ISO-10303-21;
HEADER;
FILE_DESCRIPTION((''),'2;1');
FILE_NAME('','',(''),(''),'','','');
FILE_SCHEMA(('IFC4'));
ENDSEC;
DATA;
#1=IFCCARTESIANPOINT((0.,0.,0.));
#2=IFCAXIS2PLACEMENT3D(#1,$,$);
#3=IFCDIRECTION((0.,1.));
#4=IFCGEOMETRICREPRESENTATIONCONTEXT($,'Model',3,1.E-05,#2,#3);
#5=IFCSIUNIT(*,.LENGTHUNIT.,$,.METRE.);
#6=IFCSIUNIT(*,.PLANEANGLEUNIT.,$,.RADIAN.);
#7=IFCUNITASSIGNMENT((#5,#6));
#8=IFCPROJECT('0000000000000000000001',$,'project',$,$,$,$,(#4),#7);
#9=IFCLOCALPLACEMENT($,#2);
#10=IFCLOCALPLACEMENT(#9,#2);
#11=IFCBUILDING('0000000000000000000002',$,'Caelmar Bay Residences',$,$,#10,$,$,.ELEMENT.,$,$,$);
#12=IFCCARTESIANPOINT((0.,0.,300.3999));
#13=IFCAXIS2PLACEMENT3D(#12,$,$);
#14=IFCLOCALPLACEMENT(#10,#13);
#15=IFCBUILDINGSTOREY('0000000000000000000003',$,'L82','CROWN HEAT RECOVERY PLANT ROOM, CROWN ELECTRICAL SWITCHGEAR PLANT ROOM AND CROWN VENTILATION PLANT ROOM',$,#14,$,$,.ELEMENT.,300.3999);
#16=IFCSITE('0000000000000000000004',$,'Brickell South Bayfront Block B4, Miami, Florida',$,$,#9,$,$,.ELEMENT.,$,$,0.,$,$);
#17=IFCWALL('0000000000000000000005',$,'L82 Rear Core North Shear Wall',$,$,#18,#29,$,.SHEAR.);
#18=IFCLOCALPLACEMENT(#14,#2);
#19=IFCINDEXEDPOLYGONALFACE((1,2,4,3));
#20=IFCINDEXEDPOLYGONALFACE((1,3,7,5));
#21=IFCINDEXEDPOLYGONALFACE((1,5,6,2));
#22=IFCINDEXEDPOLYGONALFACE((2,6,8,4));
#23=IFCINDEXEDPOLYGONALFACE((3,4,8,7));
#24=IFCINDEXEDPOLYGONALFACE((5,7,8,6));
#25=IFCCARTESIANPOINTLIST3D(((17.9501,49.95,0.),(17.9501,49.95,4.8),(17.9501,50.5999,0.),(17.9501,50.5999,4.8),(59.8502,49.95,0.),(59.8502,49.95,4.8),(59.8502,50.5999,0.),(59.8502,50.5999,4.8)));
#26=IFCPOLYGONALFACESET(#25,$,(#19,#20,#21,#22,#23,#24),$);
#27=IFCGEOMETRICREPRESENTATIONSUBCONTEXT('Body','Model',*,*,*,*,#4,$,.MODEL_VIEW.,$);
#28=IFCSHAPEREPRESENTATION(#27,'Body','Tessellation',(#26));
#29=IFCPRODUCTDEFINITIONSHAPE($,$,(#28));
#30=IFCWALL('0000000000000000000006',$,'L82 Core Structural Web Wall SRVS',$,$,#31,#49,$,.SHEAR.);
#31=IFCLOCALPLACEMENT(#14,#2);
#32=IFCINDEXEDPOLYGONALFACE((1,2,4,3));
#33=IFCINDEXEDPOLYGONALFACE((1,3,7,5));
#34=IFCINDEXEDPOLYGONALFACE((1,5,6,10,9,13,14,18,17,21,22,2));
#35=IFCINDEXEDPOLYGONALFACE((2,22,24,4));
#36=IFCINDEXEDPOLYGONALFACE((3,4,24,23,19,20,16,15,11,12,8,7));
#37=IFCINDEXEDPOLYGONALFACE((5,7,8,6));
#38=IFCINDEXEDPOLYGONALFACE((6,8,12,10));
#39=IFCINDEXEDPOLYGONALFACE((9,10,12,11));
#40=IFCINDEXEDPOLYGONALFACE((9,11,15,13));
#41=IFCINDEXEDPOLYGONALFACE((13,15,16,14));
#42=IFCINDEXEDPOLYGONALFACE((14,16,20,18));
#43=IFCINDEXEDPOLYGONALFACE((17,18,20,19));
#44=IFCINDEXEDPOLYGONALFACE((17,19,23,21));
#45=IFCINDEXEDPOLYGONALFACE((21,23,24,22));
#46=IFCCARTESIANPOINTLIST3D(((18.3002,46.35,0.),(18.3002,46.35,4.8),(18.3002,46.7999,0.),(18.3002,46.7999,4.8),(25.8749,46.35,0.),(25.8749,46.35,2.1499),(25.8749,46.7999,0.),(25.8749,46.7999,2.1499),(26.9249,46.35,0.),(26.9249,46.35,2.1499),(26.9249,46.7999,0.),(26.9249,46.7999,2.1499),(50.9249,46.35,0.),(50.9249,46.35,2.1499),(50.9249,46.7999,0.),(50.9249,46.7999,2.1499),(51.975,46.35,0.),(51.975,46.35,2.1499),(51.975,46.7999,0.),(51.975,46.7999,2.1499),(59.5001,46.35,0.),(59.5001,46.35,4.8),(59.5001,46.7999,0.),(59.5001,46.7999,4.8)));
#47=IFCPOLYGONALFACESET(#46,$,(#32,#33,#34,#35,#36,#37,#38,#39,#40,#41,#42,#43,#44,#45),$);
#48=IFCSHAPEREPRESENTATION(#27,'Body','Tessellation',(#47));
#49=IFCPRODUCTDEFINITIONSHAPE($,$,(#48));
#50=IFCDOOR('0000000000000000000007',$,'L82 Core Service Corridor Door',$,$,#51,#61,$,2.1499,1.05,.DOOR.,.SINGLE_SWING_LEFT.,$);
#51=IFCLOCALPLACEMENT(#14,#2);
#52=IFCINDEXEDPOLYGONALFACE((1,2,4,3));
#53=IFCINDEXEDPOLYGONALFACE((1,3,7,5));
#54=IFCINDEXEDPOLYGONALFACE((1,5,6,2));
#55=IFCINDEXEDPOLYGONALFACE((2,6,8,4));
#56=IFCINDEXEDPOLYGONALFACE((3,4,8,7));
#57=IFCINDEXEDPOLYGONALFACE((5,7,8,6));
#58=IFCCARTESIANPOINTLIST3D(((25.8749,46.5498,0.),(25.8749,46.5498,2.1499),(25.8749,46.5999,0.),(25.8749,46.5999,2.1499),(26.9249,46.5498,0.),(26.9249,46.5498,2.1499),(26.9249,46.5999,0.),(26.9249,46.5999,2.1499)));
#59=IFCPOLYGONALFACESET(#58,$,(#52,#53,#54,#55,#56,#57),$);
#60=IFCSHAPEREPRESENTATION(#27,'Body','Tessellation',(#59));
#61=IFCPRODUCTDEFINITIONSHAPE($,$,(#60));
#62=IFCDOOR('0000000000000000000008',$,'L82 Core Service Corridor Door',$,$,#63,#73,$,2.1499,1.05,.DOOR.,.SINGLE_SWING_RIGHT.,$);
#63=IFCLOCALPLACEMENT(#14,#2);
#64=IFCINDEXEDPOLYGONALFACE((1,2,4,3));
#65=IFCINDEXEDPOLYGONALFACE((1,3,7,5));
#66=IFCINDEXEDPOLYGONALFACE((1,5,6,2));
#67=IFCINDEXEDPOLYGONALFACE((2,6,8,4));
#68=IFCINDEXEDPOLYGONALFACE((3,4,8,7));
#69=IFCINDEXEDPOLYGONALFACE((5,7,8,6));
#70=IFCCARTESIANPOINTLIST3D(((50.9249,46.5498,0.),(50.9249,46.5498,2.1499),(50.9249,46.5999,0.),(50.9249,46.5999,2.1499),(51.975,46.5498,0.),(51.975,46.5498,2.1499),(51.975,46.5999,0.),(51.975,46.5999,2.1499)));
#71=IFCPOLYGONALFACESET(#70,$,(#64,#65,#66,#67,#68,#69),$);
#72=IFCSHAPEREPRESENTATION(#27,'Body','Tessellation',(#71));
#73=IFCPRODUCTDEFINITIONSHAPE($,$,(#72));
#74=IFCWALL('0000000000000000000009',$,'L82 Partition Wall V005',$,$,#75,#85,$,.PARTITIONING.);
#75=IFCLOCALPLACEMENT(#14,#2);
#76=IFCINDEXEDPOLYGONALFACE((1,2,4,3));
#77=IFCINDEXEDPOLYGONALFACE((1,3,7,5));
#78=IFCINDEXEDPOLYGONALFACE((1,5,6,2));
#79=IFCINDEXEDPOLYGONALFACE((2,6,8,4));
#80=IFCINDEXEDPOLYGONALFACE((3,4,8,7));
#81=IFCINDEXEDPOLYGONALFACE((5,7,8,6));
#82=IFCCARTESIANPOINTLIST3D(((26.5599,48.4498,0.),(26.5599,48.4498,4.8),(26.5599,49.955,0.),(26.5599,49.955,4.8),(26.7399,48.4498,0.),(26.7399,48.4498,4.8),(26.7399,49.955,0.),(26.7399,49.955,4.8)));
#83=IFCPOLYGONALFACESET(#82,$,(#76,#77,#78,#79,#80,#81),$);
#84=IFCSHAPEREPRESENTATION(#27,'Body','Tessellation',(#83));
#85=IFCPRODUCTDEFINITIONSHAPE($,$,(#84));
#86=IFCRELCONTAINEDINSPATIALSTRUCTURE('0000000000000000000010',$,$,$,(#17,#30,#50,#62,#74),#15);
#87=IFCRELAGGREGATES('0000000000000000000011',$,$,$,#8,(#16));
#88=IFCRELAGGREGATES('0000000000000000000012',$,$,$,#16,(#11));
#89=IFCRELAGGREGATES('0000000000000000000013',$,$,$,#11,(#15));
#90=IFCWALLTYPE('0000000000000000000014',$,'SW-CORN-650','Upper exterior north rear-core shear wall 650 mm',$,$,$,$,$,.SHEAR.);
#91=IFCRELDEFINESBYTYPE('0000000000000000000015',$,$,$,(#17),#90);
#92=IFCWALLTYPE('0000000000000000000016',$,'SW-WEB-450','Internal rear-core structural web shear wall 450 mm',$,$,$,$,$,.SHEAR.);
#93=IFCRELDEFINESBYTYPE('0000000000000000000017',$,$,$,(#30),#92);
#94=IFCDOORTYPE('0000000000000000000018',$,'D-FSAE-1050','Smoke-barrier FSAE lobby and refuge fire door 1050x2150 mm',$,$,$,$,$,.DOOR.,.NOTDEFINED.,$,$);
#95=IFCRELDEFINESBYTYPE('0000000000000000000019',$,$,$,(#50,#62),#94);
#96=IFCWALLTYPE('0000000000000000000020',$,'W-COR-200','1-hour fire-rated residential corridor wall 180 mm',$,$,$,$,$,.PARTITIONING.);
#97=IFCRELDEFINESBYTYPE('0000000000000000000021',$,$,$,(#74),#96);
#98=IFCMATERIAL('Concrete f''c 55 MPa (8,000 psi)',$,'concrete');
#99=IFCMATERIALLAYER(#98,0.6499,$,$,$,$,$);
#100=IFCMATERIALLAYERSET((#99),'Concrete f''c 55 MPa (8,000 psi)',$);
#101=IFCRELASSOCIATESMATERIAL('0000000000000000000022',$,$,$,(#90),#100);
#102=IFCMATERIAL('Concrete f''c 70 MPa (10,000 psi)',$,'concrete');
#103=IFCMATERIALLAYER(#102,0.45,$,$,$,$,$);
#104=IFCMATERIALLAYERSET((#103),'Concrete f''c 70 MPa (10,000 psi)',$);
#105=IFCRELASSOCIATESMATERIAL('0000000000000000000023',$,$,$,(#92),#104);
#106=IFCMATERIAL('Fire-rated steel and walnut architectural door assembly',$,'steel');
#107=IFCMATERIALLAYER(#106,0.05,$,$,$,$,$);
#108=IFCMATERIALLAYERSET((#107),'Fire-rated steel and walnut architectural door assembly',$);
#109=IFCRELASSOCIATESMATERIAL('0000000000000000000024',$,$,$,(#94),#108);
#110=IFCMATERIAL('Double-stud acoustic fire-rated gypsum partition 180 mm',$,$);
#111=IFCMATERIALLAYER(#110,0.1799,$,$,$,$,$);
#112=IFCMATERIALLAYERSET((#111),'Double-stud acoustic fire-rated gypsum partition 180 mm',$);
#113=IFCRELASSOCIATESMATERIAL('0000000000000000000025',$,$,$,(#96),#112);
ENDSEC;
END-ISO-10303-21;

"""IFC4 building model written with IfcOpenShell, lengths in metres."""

from ifc_helpers import new_model, si_unit, direction, frame, frame_2d, origin, place, context, subcontext, project, spatial, rectangle, extrude, material, layer, layer_set, type_object, element, fill, save


model = new_model("IFC4")

# Units and contexts
model_context = context("Model", 3, precision=1e-05, world=origin(), true_north=direction((0.0, 1.0)))
body_context = subcontext(model_context, "Body", "Model", "MODEL_VIEW")
ifc_project = project(units=[si_unit("LENGTHUNIT", "METRE"), si_unit("PLANEANGLEUNIT", "RADIAN")], contexts=[model_context])

# Site, building, storey
site_placement = place(None, origin())
site = spatial("IfcSite", under=ifc_project, at=site_placement, Name="Brickell South Bayfront Block B4, Miami, Florida", CompositionType="ELEMENT", RefElevation=0.0)
building_placement = place(site_placement, origin())
building = spatial("IfcBuilding", under=site, at=building_placement, Name="Caelmar Bay Residences", CompositionType="ELEMENT")
storey_placement = place(building_placement, frame((0.0, 0.0, 300.3999)))
storey = spatial("IfcBuildingStorey", under=building, at=storey_placement, Name="L82", Description="CROWN HEAT RECOVERY PLANT ROOM, CROWN ELECTRICAL SWITCHGEAR PLANT ROOM AND CROWN VENTILATION PLANT ROOM", CompositionType="ELEMENT", Elevation=300.3999)

# Wall
ifc_material_1 = material(Name="Concrete f'c 55 MPa (8,000 psi)", Category="concrete")
ifc_layer_1 = layer(ifc_material_1, 0.6499)
ifc_layer_set_1 = layer_set([ifc_layer_1], Name="Concrete f'c 55 MPa (8,000 psi)")
wall_type_1 = type_object("IfcWallType", Name="SW-CORN-650", Description="Upper exterior north rear-core shear wall 650 mm", PredefinedType="SHEAR", material=ifc_layer_set_1)
wall_1_placement = place(storey_placement, frame((17.95, 50.2749, 0.0), z_axis=(0.0, 0.0, 1.0), x_axis=(1.0, 0.0, 0.0)))
element("IfcWall", 1, at=wall_1_placement, inside=storey, type_object=wall_type_1, Name="L82 Rear Core North Shear Wall", PredefinedType="SHEAR", context=body_context, shape_type="SweptSolid", body=[
    extrude(rectangle(XDim=41.9001, YDim=0.6499, at=frame_2d((20.9502, 0.0))), origin(), (0.0, 0.0, 1.0), 4.8),
])

# Wall, openings, doors
ifc_material_2 = material(Name="Concrete f'c 70 MPa (10,000 psi)", Category="concrete")
ifc_layer_2 = layer(ifc_material_2, 0.45)
ifc_layer_set_2 = layer_set([ifc_layer_2], Name="Concrete f'c 70 MPa (10,000 psi)")
wall_type_2 = type_object("IfcWallType", Name="SW-WEB-450", Description="Internal rear-core structural web shear wall 450 mm", PredefinedType="SHEAR", material=ifc_layer_set_2)
wall_2_placement = place(storey_placement, frame((18.3, 46.575, 0.0), z_axis=(0.0, 0.0, 1.0), x_axis=(1.0, 0.0, 0.0)))
wall_2 = element("IfcWall", 2, at=wall_2_placement, inside=storey, type_object=wall_type_2, Name="L82 Core Structural Web Wall SRVS", PredefinedType="SHEAR", context=body_context, shape_type="SweptSolid", body=[
    extrude(rectangle(XDim=41.2, YDim=0.45, at=frame_2d((20.6001, 0.0))), origin(), (0.0, 0.0, 1.0), 4.8),
])
opening_1_placement = place(wall_2_placement, frame((7.575, 0.0, 0.0)))
opening_1 = element("IfcOpeningElement", 3, at=opening_1_placement, cuts=wall_2, PredefinedType="OPENING", context=body_context, shape_type="SweptSolid", body=[
    extrude(rectangle(XDim=1.05, YDim=2.1499, at=frame_2d((0.5249, 1.075))), frame((0.0, 0.2349, 0.0), z_axis=(0.0, -1.0, 0.0), x_axis=(1.0, 0.0, 0.0)), (0.0, 0.0, 1.0), 0.47),
])
opening_2_placement = place(wall_2_placement, frame((32.625, 0.0, 0.0)))
opening_2 = element("IfcOpeningElement", 4, at=opening_2_placement, cuts=wall_2, PredefinedType="OPENING", context=body_context, shape_type="SweptSolid", body=[
    extrude(rectangle(XDim=1.05, YDim=2.1499, at=frame_2d((0.5249, 1.075))), frame((0.0, 0.2349, 0.0), z_axis=(0.0, -1.0, 0.0), x_axis=(1.0, 0.0, 0.0)), (0.0, 0.0, 1.0), 0.47),
])
ifc_material_3 = material(Name="Fire-rated steel and walnut architectural door assembly", Category="steel")
ifc_layer_3 = layer(ifc_material_3, 0.05)
ifc_layer_set_3 = layer_set([ifc_layer_3], Name="Fire-rated steel and walnut architectural door assembly")
door_type_1 = type_object("IfcDoorType", Name="D-FSAE-1050", Description="Smoke-barrier FSAE lobby and refuge fire door 1050x2150 mm", OperationType="NOTDEFINED", PredefinedType="DOOR", material=ifc_layer_set_3)
door_1_placement = place(opening_1_placement, origin())
door_1 = element("IfcDoor", 5, at=door_1_placement, inside=storey, type_object=door_type_1, Name="L82 Core Service Corridor Door", OperationType="SINGLE_SWING_LEFT", OverallHeight=2.1499, OverallWidth=1.05, PredefinedType="DOOR", context=body_context, shape_type="SweptSolid", body=[
    extrude(rectangle(XDim=1.05, YDim=2.1499, at=frame_2d((0.5249, 1.075))), frame((0.0, 0.0249, 0.0), z_axis=(0.0, -1.0, 0.0), x_axis=(1.0, 0.0, 0.0)), (0.0, 0.0, 1.0), 0.05),
])
fill(opening_1, door_1)
door_2_placement = place(opening_2_placement, origin())
door_2 = element("IfcDoor", 6, at=door_2_placement, inside=storey, type_object=door_type_1, Name="L82 Core Service Corridor Door", OperationType="SINGLE_SWING_RIGHT", OverallHeight=2.1499, OverallWidth=1.05, PredefinedType="DOOR", context=body_context, shape_type="SweptSolid", body=[
    extrude(rectangle(XDim=1.05, YDim=2.1499, at=frame_2d((0.5249, 1.075))), frame((0.0, 0.0249, 0.0), z_axis=(0.0, -1.0, 0.0), x_axis=(1.0, 0.0, 0.0)), (0.0, 0.0, 1.0), 0.05),
])
fill(opening_2, door_2)

# Wall
ifc_material_4 = material(Name="Double-stud acoustic fire-rated gypsum partition 180 mm")
ifc_layer_4 = layer(ifc_material_4, 0.1799)
ifc_layer_set_4 = layer_set([ifc_layer_4], Name="Double-stud acoustic fire-rated gypsum partition 180 mm")
wall_type_3 = type_object("IfcWallType", Name="W-COR-200", Description="1-hour fire-rated residential corridor wall 180 mm", PredefinedType="PARTITIONING", material=ifc_layer_set_4)
wall_3_placement = place(storey_placement, frame((26.6499, 48.45, 0.0), z_axis=(0.0, 0.0, 1.0), x_axis=(0.0, 1.0, 0.0)))
element("IfcWall", 7, at=wall_3_placement, inside=storey, type_object=wall_type_3, Name="L82 Partition Wall V005", PredefinedType="PARTITIONING", context=body_context, shape_type="SweptSolid", body=[
    extrude(rectangle(XDim=1.5051, YDim=0.1799, at=frame_2d((0.7524, 0.0))), origin(), (0.0, 0.0, 1.0), 4.8),
])

save(model, "model.ifc")
